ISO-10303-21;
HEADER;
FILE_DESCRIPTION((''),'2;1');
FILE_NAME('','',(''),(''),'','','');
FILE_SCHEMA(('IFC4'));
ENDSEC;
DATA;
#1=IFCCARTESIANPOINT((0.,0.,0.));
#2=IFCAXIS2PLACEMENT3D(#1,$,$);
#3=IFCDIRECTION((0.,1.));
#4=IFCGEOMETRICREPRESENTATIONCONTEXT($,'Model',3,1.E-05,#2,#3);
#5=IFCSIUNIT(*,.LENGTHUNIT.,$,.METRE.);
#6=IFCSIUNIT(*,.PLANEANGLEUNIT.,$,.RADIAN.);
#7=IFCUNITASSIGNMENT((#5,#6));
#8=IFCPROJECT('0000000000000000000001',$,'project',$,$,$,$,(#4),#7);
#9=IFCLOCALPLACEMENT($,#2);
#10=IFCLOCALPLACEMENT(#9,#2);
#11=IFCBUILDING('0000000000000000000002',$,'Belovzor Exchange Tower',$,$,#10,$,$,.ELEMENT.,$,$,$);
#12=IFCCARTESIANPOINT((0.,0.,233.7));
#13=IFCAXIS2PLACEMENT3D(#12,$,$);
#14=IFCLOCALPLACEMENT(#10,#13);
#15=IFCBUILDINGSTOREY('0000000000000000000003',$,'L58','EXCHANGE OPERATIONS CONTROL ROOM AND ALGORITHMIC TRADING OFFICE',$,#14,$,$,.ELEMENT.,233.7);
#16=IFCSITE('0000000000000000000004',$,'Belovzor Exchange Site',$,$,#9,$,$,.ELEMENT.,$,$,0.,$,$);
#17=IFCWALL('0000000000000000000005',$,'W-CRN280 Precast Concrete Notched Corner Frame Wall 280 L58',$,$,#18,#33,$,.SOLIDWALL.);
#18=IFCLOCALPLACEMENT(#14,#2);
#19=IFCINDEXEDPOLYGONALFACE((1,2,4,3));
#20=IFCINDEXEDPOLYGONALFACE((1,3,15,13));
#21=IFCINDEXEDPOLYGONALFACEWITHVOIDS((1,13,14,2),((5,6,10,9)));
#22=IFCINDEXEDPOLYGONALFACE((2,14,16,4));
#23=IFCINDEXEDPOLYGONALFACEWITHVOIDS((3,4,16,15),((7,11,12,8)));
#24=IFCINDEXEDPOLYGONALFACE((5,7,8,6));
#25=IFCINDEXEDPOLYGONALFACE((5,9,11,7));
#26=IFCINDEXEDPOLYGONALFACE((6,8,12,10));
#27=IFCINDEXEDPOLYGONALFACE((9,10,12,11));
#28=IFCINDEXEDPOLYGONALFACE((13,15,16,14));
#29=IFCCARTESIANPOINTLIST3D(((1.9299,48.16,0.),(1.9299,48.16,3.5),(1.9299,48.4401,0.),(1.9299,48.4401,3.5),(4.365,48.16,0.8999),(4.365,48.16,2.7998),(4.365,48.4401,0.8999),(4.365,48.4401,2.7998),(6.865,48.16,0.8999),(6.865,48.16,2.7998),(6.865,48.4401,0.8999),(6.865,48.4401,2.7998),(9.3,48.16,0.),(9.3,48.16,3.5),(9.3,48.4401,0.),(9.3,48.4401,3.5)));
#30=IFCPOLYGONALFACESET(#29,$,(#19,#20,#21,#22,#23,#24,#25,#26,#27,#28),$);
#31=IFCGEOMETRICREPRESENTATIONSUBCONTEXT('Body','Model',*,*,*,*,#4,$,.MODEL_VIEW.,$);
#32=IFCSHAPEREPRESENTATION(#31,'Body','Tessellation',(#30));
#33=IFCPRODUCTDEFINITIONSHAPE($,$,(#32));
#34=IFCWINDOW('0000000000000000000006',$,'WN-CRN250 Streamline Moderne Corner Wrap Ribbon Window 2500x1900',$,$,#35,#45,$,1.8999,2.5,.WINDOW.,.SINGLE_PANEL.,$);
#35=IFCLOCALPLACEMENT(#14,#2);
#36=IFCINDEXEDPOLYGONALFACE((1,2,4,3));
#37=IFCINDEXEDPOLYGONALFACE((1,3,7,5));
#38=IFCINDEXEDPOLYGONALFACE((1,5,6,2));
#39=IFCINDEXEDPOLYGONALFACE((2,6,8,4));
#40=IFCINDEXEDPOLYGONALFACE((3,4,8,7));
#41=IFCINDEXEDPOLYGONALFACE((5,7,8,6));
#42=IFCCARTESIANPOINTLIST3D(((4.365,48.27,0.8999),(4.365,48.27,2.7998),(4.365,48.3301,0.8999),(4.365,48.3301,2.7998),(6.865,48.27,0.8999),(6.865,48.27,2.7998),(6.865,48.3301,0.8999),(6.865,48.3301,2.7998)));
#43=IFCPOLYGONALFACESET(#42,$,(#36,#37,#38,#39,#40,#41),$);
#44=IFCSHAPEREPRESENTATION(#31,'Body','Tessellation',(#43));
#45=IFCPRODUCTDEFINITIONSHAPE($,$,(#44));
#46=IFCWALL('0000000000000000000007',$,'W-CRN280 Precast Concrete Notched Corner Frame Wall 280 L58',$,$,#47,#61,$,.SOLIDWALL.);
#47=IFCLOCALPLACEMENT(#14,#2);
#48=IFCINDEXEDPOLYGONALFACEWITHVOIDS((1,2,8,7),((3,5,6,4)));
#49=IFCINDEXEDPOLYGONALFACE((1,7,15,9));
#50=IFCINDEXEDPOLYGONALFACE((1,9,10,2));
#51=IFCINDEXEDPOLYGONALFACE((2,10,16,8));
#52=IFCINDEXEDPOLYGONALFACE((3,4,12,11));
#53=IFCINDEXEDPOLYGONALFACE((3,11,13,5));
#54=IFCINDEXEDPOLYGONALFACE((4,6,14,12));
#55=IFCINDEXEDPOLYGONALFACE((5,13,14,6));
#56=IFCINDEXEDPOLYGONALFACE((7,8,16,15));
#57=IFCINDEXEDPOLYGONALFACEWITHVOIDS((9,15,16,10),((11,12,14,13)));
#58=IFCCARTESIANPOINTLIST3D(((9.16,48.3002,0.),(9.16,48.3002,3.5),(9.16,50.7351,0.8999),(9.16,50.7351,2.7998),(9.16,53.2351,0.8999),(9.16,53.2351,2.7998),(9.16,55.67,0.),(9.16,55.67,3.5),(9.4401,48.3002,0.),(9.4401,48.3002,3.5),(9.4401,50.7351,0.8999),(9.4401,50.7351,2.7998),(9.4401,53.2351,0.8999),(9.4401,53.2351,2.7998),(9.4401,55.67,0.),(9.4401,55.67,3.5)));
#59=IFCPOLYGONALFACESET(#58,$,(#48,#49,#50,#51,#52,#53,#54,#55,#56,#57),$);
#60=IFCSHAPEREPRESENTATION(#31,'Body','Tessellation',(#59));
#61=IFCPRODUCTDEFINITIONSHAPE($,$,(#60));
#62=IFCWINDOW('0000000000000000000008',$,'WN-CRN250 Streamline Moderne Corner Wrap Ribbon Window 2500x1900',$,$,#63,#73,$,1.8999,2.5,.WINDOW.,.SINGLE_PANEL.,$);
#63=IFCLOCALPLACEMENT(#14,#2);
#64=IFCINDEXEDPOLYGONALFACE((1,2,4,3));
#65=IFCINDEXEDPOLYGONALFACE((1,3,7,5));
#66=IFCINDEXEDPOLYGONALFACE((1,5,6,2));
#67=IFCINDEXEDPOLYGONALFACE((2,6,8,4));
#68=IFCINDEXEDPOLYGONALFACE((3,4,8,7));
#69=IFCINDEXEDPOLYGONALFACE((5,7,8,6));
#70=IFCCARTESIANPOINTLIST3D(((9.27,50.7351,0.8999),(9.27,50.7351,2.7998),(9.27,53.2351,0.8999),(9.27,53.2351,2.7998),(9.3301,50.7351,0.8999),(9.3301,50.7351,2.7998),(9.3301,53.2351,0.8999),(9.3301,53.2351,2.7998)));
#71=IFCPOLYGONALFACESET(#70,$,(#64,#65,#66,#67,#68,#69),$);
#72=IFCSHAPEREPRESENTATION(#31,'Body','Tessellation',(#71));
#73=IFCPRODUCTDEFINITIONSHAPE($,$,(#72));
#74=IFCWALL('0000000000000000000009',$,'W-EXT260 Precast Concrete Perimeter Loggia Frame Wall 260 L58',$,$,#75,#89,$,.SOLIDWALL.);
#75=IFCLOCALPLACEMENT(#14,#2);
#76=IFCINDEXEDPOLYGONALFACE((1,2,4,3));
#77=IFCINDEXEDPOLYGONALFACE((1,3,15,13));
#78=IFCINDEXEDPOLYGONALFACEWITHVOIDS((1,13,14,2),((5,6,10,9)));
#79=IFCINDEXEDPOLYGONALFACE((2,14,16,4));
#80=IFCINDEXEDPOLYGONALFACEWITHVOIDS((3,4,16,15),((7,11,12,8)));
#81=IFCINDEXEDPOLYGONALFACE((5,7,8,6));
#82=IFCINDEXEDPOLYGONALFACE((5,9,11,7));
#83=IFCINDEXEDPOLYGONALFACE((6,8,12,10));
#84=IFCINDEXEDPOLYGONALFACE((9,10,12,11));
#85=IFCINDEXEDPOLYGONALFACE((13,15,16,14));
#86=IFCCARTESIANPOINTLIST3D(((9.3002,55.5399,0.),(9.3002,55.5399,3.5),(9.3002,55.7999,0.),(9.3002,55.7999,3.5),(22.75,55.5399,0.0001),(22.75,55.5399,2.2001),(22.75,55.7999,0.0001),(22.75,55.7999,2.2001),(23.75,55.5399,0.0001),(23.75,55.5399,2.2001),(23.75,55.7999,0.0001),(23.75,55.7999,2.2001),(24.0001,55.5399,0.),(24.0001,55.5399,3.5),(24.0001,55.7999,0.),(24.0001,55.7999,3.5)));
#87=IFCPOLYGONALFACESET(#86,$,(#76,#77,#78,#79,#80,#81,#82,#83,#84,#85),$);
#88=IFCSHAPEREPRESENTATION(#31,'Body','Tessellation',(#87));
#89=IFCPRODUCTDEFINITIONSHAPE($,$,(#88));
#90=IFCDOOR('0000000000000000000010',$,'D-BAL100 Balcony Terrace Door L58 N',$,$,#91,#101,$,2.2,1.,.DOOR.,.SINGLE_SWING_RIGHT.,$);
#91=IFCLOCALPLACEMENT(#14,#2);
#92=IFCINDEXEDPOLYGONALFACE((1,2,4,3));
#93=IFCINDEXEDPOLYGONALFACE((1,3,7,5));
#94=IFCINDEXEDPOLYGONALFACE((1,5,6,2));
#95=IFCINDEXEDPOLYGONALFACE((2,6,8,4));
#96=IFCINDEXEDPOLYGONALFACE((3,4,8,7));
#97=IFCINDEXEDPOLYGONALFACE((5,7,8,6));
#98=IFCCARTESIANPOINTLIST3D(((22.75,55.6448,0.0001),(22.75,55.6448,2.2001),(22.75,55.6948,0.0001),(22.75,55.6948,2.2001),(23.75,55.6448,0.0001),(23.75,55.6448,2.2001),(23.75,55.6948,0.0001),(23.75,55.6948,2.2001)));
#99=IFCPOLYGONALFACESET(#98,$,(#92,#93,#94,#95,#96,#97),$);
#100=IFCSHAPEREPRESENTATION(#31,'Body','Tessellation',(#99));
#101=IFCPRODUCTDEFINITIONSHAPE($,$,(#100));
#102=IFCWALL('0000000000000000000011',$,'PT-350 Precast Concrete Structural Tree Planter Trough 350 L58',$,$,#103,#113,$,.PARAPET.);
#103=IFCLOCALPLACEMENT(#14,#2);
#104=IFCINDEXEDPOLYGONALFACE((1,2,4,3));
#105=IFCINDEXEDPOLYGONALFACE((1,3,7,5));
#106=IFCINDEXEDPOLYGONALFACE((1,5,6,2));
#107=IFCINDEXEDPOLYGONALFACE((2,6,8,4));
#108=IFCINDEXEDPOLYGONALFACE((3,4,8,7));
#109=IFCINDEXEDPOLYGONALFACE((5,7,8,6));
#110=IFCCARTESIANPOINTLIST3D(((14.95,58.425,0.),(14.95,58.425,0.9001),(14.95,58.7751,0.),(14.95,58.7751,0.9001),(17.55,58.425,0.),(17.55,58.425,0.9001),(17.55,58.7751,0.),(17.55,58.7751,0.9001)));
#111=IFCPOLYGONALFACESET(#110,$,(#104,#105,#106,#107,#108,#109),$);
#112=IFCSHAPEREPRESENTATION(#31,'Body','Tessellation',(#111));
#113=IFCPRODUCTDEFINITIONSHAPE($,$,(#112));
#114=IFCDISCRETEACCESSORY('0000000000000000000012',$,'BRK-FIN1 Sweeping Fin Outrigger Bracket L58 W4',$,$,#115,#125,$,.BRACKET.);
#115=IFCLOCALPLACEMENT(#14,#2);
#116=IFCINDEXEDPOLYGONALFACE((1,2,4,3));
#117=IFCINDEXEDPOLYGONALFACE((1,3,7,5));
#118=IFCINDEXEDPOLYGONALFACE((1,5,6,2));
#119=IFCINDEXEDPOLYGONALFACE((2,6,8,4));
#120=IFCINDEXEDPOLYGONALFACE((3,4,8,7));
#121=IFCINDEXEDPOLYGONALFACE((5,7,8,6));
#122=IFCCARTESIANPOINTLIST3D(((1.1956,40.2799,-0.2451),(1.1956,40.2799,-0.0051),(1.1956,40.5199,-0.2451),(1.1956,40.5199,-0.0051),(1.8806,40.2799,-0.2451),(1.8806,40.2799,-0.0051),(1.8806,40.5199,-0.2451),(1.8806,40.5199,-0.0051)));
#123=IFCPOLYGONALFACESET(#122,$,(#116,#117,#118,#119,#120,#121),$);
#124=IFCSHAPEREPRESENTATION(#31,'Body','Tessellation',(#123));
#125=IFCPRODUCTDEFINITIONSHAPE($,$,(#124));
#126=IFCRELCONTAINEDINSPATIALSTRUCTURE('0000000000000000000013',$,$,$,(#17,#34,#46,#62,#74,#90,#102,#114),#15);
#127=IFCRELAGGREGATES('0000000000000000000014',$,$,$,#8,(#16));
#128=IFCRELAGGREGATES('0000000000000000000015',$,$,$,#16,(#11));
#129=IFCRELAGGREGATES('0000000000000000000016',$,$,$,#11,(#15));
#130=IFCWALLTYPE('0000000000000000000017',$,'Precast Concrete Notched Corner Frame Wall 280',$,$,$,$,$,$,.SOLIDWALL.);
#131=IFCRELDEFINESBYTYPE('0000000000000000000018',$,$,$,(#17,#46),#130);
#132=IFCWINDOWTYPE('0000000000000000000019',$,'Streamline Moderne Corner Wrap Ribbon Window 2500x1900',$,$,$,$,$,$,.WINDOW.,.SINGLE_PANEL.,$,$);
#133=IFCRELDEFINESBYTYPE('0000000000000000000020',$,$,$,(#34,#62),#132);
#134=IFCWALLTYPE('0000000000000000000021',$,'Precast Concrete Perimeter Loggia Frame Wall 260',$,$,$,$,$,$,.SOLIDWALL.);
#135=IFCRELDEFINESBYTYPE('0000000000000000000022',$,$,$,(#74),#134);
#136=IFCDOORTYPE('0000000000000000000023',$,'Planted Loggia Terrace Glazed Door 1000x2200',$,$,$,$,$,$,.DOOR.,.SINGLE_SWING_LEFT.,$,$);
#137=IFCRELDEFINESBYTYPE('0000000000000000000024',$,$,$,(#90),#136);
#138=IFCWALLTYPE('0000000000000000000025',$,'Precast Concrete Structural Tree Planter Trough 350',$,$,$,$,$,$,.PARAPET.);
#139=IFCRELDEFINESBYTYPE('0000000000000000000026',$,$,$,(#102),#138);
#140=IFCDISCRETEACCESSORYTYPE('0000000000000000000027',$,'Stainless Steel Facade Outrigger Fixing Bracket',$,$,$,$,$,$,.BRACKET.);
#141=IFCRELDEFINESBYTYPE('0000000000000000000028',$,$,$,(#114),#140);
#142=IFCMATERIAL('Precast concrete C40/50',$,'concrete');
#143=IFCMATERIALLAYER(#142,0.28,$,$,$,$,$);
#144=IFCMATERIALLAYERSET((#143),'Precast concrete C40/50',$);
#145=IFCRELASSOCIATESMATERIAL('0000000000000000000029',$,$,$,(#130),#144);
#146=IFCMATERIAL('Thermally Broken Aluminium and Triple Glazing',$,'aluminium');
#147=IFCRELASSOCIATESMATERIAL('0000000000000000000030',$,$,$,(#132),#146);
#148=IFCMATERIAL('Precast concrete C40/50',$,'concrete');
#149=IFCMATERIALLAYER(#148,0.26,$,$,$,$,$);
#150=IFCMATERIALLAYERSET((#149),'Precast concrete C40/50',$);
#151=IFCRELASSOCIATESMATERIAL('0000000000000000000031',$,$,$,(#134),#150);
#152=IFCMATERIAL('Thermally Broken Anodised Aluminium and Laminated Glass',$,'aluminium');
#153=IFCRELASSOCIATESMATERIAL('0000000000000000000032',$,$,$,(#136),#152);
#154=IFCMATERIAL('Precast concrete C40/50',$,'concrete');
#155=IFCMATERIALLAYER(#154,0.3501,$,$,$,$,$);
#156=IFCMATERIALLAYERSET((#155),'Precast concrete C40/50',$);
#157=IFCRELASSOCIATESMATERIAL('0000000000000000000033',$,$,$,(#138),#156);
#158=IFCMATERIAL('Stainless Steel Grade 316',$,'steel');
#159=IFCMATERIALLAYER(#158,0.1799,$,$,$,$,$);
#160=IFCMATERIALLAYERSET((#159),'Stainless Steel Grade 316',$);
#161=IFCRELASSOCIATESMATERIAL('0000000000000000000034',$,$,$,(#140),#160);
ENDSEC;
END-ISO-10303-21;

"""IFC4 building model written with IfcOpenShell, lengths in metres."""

from ifc_helpers import new_model, si_unit, direction, frame, frame_2d, origin, origin_2d, place, context, subcontext, project, spatial, rectangle, extrude, material, layer, layer_set, type_object, element, fill, save


model = new_model("IFC4")

# Units and contexts
model_context = context("Model", 3, precision=1e-05, world=origin(), true_north=direction((0.0, 1.0)))
body_context = subcontext(model_context, "Body", "Model", "MODEL_VIEW")
ifc_project = project(units=[si_unit("LENGTHUNIT", "METRE"), si_unit("PLANEANGLEUNIT", "RADIAN")], contexts=[model_context])

# Site, building, storey
site_placement = place(None, origin())
site = spatial("IfcSite", under=ifc_project, at=site_placement, Name="Belovzor Exchange Site", CompositionType="ELEMENT", RefElevation=0.0)
building_placement = place(site_placement, origin())
building = spatial("IfcBuilding", under=site, at=building_placement, Name="Belovzor Exchange Tower", CompositionType="ELEMENT")
storey_placement = place(building_placement, frame((0.0, 0.0, 233.7)))
storey = spatial("IfcBuildingStorey", under=building, at=storey_placement, Name="L58", Description="EXCHANGE OPERATIONS CONTROL ROOM AND ALGORITHMIC TRADING OFFICE", CompositionType="ELEMENT", Elevation=233.7)

# Walls, openings, windows
ifc_material_1 = material(Name="Precast concrete C40/50", Category="concrete")
ifc_layer_1 = layer(ifc_material_1, 0.28)
ifc_layer_set_1 = layer_set([ifc_layer_1], Name="Precast concrete C40/50")
wall_type_1 = type_object("IfcWallType", Name="Precast Concrete Notched Corner Frame Wall 280", PredefinedType="SOLIDWALL", material=ifc_layer_set_1)
wall_1_placement = place(storey_placement, frame((1.9299, 48.3, 0.0), z_axis=(0.0, 0.0, 1.0), x_axis=(1.0, 0.0, 0.0)))
wall_1 = element("IfcWall", 1, at=wall_1_placement, inside=storey, type_object=wall_type_1, Name="W-CRN280 Precast Concrete Notched Corner Frame Wall 280 L58", PredefinedType="SOLIDWALL", context=body_context, shape_type="SweptSolid", body=[
    extrude(rectangle(XDim=7.3701, YDim=0.28, at=frame_2d((3.6851, 0.0))), origin(), (0.0, 0.0, 1.0), 3.5),
])
opening_1_placement = place(wall_1_placement, frame((2.4351, 0.0, 0.8999)))
opening_1 = element("IfcOpeningElement", 2, at=opening_1_placement, cuts=wall_1, PredefinedType="OPENING", context=body_context, shape_type="SweptSolid", body=[
    extrude(rectangle(XDim=2.5, YDim=1.8999, at=frame_2d((1.25, 0.95))), frame((0.0, 0.1499, 0.0), z_axis=(0.0, -1.0, 0.0), x_axis=(1.0, 0.0, 0.0)), (0.0, 0.0, 1.0), 0.3),
])
ifc_material_2 = material(Name="Thermally Broken Aluminium and Triple Glazing", Category="aluminium")
window_type = type_object("IfcWindowType", Name="Streamline Moderne Corner Wrap Ribbon Window 2500x1900", PartitioningType="SINGLE_PANEL", PredefinedType="WINDOW", material=ifc_material_2)
window_1_placement = place(opening_1_placement, origin())
window_1 = element("IfcWindow", 3, at=window_1_placement, inside=storey, type_object=window_type, Name="WN-CRN250 Streamline Moderne Corner Wrap Ribbon Window 2500x1900", OverallHeight=1.8999, OverallWidth=2.5, PartitioningType="SINGLE_PANEL", PredefinedType="WINDOW", context=body_context, shape_type="SweptSolid", body=[
    extrude(rectangle(XDim=2.5, YDim=1.8999, at=frame_2d((1.25, 0.95))), frame((0.0, 0.03, 0.0), z_axis=(0.0, -1.0, 0.0), x_axis=(1.0, 0.0, 0.0)), (0.0, 0.0, 1.0), 0.0601),
])
fill(opening_1, window_1)
wall_2_placement = place(storey_placement, frame((9.3, 48.3, 0.0), z_axis=(0.0, 0.0, 1.0), x_axis=(0.0, 1.0, 0.0)))
wall_2 = element("IfcWall", 4, at=wall_2_placement, inside=storey, type_object=wall_type_1, Name="W-CRN280 Precast Concrete Notched Corner Frame Wall 280 L58", PredefinedType="SOLIDWALL", context=body_context, shape_type="SweptSolid", body=[
    extrude(rectangle(XDim=7.3699, YDim=0.28, at=frame_2d((3.6851, 0.0))), origin(), (0.0, 0.0, 1.0), 3.5),
])
opening_2_placement = place(wall_2_placement, frame((2.4351, 0.0, 0.8999)))
opening_2 = element("IfcOpeningElement", 5, at=opening_2_placement, cuts=wall_2, PredefinedType="OPENING", context=body_context, shape_type="SweptSolid", body=[
    extrude(rectangle(XDim=2.5, YDim=1.8999, at=frame_2d((1.25, 0.95))), frame((0.0, 0.1499, 0.0), z_axis=(0.0, -1.0, 0.0), x_axis=(1.0, 0.0, 0.0)), (0.0, 0.0, 1.0), 0.3),
])
window_2_placement = place(opening_2_placement, origin())
window_2 = element("IfcWindow", 6, at=window_2_placement, inside=storey, type_object=window_type, Name="WN-CRN250 Streamline Moderne Corner Wrap Ribbon Window 2500x1900", OverallHeight=1.8999, OverallWidth=2.5, PartitioningType="SINGLE_PANEL", PredefinedType="WINDOW", context=body_context, shape_type="SweptSolid", body=[
    extrude(rectangle(XDim=2.5, YDim=1.8999, at=frame_2d((1.25, 0.95))), frame((0.0, 0.03, 0.0), z_axis=(0.0, -1.0, 0.0), x_axis=(1.0, 0.0, 0.0)), (0.0, 0.0, 1.0), 0.0601),
])
fill(opening_2, window_2)

# Wall, opening, door
ifc_material_3 = material(Name="Precast concrete C40/50", Category="concrete")
ifc_layer_2 = layer(ifc_material_3, 0.26)
ifc_layer_set_2 = layer_set([ifc_layer_2], Name="Precast concrete C40/50")
wall_type_2 = type_object("IfcWallType", Name="Precast Concrete Perimeter Loggia Frame Wall 260", PredefinedType="SOLIDWALL", material=ifc_layer_set_2)
wall_3_placement = place(storey_placement, frame((9.3, 55.6699, 0.0), z_axis=(0.0, 0.0, 1.0), x_axis=(1.0, 0.0, 0.0)))
wall_3 = element("IfcWall", 7, at=wall_3_placement, inside=storey, type_object=wall_type_2, Name="W-EXT260 Precast Concrete Perimeter Loggia Frame Wall 260 L58", PredefinedType="SOLIDWALL", context=body_context, shape_type="SweptSolid", body=[
    extrude(rectangle(XDim=14.7, YDim=0.26, at=frame_2d((7.3501, 0.0))), origin(), (0.0, 0.0, 1.0), 3.5),
])
opening_3_placement = place(wall_3_placement, frame((13.45, 0.0, 0.0)))
opening_3 = element("IfcOpeningElement", 8, at=opening_3_placement, cuts=wall_3, PredefinedType="OPENING", context=body_context, shape_type="SweptSolid", body=[
    extrude(rectangle(XDim=1.0, YDim=2.2, at=frame_2d((0.5, 1.1001))), frame((0.0, 0.1399, 0.0), z_axis=(0.0, -1.0, 0.0), x_axis=(1.0, 0.0, 0.0)), (0.0, 0.0, 1.0), 0.28),
])
ifc_material_4 = material(Name="Thermally Broken Anodised Aluminium and Laminated Glass", Category="aluminium")
door_type_1 = type_object("IfcDoorType", Name="Planted Loggia Terrace Glazed Door 1000x2200", OperationType="SINGLE_SWING_LEFT", PredefinedType="DOOR", material=ifc_material_4)
door_1_placement = place(opening_3_placement, origin())
door_1 = element("IfcDoor", 9, at=door_1_placement, inside=storey, type_object=door_type_1, Name="D-BAL100 Balcony Terrace Door L58 N", OperationType="SINGLE_SWING_RIGHT", OverallHeight=2.2, OverallWidth=1.0, PredefinedType="DOOR", context=body_context, shape_type="SweptSolid", body=[
    extrude(rectangle(XDim=1.0, YDim=2.2, at=frame_2d((0.5, 1.1001))), frame((0.0, 0.0249, 0.0), z_axis=(0.0, -1.0, 0.0), x_axis=(1.0, 0.0, 0.0)), (0.0, 0.0, 1.0), 0.05),
])
fill(opening_3, door_1)

# Wall
ifc_material_5 = material(Name="Precast concrete C40/50", Category="concrete")
ifc_layer_3 = layer(ifc_material_5, 0.3501)
ifc_layer_set_3 = layer_set([ifc_layer_3], Name="Precast concrete C40/50")
wall_type_3 = type_object("IfcWallType", Name="Precast Concrete Structural Tree Planter Trough 350", PredefinedType="PARAPET", material=ifc_layer_set_3)
wall_4_placement = place(storey_placement, frame((14.95, 58.6001, 0.0), z_axis=(0.0, 0.0, 1.0), x_axis=(1.0, 0.0, 0.0)))
element("IfcWall", 10, at=wall_4_placement, inside=storey, type_object=wall_type_3, Name="PT-350 Precast Concrete Structural Tree Planter Trough 350 L58", PredefinedType="PARAPET", context=body_context, shape_type="SweptSolid", body=[
    extrude(rectangle(XDim=2.6001, YDim=0.3501, at=frame_2d((1.3, 0.0))), origin(), (0.0, 0.0, 1.0), 0.9001),
])

# Discrete accessory
ifc_material_6 = material(Name="Stainless Steel Grade 316", Category="steel")
ifc_layer_4 = layer(ifc_material_6, 0.1799)
ifc_layer_set_4 = layer_set([ifc_layer_4], Name="Stainless Steel Grade 316")
discrete_accessory_type = type_object("IfcDiscreteAccessoryType", Name="Stainless Steel Facade Outrigger Fixing Bracket", PredefinedType="BRACKET", material=ifc_layer_set_4)
discrete_accessory_placement = place(storey_placement, frame((1.5381, 40.3999, -0.2451), z_axis=(0.0, 0.0, 1.0), x_axis=(1.0, 0.0, 0.0)))
element("IfcDiscreteAccessory", 11, at=discrete_accessory_placement, inside=storey, type_object=discrete_accessory_type, Name="BRK-FIN1 Sweeping Fin Outrigger Bracket L58 W4", PredefinedType="BRACKET", context=body_context, shape_type="SweptSolid", body=[
    extrude(rectangle(XDim=0.6851, YDim=0.24, at=origin_2d()), origin(), (0.0, 0.0, 1.0), 0.24),
])

save(model, "model.ifc")
